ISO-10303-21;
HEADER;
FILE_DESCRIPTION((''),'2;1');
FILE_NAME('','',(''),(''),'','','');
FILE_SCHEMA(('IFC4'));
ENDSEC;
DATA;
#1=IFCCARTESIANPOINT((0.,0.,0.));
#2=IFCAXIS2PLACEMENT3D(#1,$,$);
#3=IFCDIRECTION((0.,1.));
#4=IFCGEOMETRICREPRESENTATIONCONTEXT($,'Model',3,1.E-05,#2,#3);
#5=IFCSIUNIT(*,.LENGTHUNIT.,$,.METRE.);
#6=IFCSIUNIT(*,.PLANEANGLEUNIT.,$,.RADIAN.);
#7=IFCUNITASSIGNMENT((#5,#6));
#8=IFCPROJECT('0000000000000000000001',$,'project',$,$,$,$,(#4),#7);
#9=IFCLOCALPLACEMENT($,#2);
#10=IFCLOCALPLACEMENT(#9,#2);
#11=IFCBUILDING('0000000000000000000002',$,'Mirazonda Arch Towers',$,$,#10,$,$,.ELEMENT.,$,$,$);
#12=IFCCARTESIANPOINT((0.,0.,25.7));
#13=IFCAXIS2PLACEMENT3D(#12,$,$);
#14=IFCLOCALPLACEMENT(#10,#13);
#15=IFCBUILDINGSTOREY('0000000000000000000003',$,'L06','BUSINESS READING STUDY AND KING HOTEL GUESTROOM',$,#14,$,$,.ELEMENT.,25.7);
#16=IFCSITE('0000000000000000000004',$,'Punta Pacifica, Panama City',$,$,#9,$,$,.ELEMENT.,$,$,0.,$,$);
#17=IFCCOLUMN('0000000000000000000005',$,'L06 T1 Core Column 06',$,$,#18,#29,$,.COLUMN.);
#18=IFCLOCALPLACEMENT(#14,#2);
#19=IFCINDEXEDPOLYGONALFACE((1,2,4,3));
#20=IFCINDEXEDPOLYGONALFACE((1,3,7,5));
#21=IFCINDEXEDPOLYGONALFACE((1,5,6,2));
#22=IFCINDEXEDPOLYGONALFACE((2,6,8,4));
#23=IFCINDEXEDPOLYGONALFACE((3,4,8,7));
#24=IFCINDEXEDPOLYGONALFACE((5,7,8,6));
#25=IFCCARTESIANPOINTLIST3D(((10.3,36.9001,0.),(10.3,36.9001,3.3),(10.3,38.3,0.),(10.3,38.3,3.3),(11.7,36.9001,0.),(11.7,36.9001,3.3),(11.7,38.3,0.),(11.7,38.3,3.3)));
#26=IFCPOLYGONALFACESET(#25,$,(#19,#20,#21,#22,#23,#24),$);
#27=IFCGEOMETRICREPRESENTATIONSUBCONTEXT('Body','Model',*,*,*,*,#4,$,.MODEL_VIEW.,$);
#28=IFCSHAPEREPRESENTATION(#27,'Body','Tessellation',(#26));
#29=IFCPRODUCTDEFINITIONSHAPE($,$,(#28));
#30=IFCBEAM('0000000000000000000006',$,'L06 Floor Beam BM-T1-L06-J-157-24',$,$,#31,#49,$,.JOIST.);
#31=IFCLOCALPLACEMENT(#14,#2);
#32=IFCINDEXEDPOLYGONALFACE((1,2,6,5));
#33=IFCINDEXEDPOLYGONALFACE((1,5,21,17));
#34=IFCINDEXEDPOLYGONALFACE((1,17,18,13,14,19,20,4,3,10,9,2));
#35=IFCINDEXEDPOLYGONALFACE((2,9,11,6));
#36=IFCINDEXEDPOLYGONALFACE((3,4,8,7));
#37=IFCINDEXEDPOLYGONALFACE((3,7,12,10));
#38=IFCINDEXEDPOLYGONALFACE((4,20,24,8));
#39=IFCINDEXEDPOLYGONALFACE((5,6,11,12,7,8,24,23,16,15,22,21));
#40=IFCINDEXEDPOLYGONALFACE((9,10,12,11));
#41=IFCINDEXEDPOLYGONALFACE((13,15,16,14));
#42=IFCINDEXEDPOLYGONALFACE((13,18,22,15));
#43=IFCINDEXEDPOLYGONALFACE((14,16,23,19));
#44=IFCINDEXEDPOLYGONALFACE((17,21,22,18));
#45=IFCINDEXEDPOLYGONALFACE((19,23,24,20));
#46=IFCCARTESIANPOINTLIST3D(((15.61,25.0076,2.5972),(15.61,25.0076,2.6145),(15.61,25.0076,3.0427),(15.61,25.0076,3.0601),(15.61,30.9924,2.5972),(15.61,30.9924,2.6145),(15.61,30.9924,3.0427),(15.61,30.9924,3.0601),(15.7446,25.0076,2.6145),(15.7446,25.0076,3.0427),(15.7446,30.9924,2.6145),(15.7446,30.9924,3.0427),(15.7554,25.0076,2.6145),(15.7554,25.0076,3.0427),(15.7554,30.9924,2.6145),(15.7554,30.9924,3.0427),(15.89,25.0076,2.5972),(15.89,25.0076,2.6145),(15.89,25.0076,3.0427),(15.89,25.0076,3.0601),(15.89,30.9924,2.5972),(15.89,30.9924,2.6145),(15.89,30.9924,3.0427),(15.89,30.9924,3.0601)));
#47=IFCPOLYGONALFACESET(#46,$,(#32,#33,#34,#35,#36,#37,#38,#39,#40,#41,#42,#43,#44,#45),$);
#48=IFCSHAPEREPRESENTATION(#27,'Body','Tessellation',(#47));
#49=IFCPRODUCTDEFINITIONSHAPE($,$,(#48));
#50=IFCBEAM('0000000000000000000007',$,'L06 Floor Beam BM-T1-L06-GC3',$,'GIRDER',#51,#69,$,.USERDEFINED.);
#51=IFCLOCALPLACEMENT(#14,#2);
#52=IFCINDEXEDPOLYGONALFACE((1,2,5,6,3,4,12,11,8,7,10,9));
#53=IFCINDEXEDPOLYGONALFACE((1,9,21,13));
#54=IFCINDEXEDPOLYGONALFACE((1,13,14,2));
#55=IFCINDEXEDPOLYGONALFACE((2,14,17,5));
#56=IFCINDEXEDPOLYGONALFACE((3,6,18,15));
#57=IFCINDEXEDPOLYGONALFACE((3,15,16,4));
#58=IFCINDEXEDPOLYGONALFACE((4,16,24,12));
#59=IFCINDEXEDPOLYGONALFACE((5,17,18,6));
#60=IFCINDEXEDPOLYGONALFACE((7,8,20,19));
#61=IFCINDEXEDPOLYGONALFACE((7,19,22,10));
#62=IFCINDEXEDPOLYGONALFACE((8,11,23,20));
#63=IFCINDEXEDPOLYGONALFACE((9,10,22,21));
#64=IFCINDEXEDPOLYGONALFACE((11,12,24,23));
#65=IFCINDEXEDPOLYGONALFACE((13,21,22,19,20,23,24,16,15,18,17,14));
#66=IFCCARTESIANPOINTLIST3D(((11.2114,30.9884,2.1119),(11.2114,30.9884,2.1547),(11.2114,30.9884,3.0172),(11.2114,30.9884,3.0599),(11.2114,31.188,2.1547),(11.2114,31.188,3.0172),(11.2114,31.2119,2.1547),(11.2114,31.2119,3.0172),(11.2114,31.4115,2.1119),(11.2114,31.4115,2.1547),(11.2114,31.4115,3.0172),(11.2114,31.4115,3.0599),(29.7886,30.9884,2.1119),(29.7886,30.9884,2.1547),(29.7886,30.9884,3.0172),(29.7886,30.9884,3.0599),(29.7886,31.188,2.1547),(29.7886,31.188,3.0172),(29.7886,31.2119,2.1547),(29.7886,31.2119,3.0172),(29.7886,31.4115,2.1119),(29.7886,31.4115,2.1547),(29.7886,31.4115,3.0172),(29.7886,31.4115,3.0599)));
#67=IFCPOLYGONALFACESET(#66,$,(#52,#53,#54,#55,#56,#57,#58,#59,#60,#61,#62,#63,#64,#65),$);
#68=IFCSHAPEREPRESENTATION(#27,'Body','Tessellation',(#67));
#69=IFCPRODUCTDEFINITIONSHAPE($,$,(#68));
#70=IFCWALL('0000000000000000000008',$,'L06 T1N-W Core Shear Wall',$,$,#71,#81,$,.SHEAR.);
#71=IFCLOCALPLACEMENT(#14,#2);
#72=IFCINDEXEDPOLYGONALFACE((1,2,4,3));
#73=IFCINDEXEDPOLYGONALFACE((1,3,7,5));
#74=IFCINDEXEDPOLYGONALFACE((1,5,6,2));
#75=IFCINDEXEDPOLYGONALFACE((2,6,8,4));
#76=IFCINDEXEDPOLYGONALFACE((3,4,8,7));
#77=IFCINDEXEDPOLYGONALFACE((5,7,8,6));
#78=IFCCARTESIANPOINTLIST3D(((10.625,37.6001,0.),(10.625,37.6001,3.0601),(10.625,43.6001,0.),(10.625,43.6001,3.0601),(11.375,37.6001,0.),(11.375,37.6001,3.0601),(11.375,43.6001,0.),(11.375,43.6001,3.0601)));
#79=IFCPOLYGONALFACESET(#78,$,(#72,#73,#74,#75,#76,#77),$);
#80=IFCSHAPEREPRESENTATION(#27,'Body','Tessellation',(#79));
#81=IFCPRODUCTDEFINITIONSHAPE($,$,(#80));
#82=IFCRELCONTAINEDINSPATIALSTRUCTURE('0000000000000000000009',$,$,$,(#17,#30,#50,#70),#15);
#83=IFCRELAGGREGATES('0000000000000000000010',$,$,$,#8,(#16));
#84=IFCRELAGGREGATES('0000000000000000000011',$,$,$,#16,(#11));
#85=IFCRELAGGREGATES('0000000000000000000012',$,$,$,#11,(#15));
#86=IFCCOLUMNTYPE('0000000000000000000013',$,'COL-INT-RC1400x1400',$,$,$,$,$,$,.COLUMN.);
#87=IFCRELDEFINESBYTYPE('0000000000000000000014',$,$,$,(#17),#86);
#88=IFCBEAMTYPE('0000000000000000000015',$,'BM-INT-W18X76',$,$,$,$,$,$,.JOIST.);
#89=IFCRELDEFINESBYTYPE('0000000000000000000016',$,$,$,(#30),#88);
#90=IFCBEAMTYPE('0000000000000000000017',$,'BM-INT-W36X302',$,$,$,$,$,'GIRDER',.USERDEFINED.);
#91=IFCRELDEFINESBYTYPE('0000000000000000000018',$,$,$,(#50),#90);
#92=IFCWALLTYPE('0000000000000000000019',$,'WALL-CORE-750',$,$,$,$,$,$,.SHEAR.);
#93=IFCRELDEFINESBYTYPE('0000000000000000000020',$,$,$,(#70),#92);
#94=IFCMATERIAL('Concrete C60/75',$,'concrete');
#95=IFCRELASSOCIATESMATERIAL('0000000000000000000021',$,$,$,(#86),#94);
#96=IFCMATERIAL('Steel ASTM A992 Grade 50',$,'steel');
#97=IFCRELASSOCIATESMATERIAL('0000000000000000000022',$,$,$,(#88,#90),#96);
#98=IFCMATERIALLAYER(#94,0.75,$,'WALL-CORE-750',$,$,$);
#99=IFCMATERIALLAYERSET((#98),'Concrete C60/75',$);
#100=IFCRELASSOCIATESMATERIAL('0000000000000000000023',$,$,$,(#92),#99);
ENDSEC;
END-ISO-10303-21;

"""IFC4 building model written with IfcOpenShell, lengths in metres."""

from ifc_helpers import new_model, si_unit, direction, frame, frame_2d, origin, origin_2d, place, context, subcontext, project, spatial, rectangle, i_section, extrude, material, layer, layer_set, material_profile, profile_set, type_object, element, save


model = new_model("IFC4")

# Units and contexts
model_context = context("Model", 3, precision=1e-05, world=origin(), true_north=direction((0.0, 1.0)))
body_context = subcontext(model_context, "Body", "Model", "MODEL_VIEW")
ifc_project = project(units=[si_unit("LENGTHUNIT", "METRE"), si_unit("PLANEANGLEUNIT", "RADIAN")], contexts=[model_context])

# Site, building, storey
site_placement = place(None, origin())
site = spatial("IfcSite", under=ifc_project, at=site_placement, Name="Punta Pacifica, Panama City", CompositionType="ELEMENT", RefElevation=0.0)
building_placement = place(site_placement, origin())
building = spatial("IfcBuilding", under=site, at=building_placement, Name="Mirazonda Arch Towers", CompositionType="ELEMENT")
storey_placement = place(building_placement, frame((0.0, 0.0, 25.7)))
storey = spatial("IfcBuildingStorey", under=building, at=storey_placement, Name="L06", Description="BUSINESS READING STUDY AND KING HOTEL GUESTROOM", CompositionType="ELEMENT", Elevation=25.7)

# Column
ifc_material_1 = material(Name="Concrete C60/75", Category="concrete")
ifc_material_profile_1 = material_profile(ifc_material_1, rectangle(XDim=1.3999, YDim=1.3999, at=origin_2d()), Name="RC1400x1400")
ifc_profile_set_1 = profile_set([ifc_material_profile_1], Name="Concrete C60/75")
column_type = type_object("IfcColumnType", Name="COL-INT-RC1400x1400", PredefinedType="COLUMN", material=ifc_profile_set_1)
column_placement = place(storey_placement, frame((11.0, 37.6001, 0.0), z_axis=(0.0, 0.0, 1.0), x_axis=(1.0, 0.0, 0.0)))
element("IfcColumn", 1, at=column_placement, inside=storey, type_object=column_type, Name="L06 T1 Core Column 06", PredefinedType="COLUMN", context=body_context, shape_type="SweptSolid", body=[
    extrude(rectangle(XDim=1.3999, YDim=1.3999, at=origin_2d()), origin(), (0.0, 0.0, 1.0), 3.3),
])

# Beams
ifc_material_2 = material(Name="Steel ASTM A992 Grade 50", Category="steel")
ifc_material_profile_2 = material_profile(ifc_material_2, i_section(OverallWidth=0.28, OverallDepth=0.4629, WebThickness=0.0107, FlangeThickness=0.0173, at=origin_2d()), Name="W18X76")
ifc_profile_set_2 = profile_set([ifc_material_profile_2], Name="Steel ASTM A992 Grade 50")
beam_type_1 = type_object("IfcBeamType", Name="BM-INT-W18X76", PredefinedType="JOIST", material=ifc_profile_set_2)
beam_1_placement = place(storey_placement, frame((15.75, 25.0076, 2.8286), z_axis=(0.0, 1.0, 0.0), x_axis=(-1.0, 0.0, 0.0)))
element("IfcBeam", 2, at=beam_1_placement, inside=storey, type_object=beam_type_1, Name="L06 Floor Beam BM-T1-L06-J-157-24", PredefinedType="JOIST", context=body_context, shape_type="SweptSolid", body=[
    extrude(i_section(OverallWidth=0.28, OverallDepth=0.4629, WebThickness=0.0107, FlangeThickness=0.0173, at=origin_2d()), origin(), (0.0, 0.0, 1.0), 5.9849),
])
ifc_material_profile_3 = material_profile(ifc_material_2, i_section(OverallWidth=0.4231, OverallDepth=0.948, WebThickness=0.0239, FlangeThickness=0.0427, at=origin_2d()), Name="W36X302")
ifc_profile_set_3 = profile_set([ifc_material_profile_3], Name="Steel ASTM A992 Grade 50")
beam_type_2 = type_object("IfcBeamType", Name="BM-INT-W36X302", ElementType="GIRDER", PredefinedType="USERDEFINED", material=ifc_profile_set_3)
beam_2_placement = place(storey_placement, frame((11.2114, 31.2, 2.5859), z_axis=(1.0, 0.0, 0.0), x_axis=(0.0, 1.0, 0.0)))
element("IfcBeam", 3, at=beam_2_placement, inside=storey, type_object=beam_type_2, Name="L06 Floor Beam BM-T1-L06-GC3", ObjectType="GIRDER", PredefinedType="USERDEFINED", context=body_context, shape_type="SweptSolid", body=[
    extrude(i_section(OverallWidth=0.4231, OverallDepth=0.948, WebThickness=0.0239, FlangeThickness=0.0427, at=origin_2d()), origin(), (0.0, 0.0, 1.0), 18.5771),
])

# Wall
ifc_layer_1 = layer(ifc_material_1, 0.75, Name="WALL-CORE-750")
ifc_layer_set_1 = layer_set([ifc_layer_1], Name="Concrete C60/75")
wall_type_1 = type_object("IfcWallType", Name="WALL-CORE-750", PredefinedType="SHEAR", material=ifc_layer_set_1)
wall_1_placement = place(storey_placement, frame((11.0, 37.6001, 0.0), z_axis=(0.0, 0.0, 1.0), x_axis=(0.0, 1.0, 0.0)))
element("IfcWall", 4, at=wall_1_placement, inside=storey, type_object=wall_type_1, Name="L06 T1N-W Core Shear Wall", PredefinedType="SHEAR", context=body_context, shape_type="SweptSolid", body=[
    extrude(rectangle(XDim=6.0, YDim=0.75, at=frame_2d((3.0, 0.0))), origin(), (0.0, 0.0, 1.0), 3.0601),
])

save(model, "model.ifc")
